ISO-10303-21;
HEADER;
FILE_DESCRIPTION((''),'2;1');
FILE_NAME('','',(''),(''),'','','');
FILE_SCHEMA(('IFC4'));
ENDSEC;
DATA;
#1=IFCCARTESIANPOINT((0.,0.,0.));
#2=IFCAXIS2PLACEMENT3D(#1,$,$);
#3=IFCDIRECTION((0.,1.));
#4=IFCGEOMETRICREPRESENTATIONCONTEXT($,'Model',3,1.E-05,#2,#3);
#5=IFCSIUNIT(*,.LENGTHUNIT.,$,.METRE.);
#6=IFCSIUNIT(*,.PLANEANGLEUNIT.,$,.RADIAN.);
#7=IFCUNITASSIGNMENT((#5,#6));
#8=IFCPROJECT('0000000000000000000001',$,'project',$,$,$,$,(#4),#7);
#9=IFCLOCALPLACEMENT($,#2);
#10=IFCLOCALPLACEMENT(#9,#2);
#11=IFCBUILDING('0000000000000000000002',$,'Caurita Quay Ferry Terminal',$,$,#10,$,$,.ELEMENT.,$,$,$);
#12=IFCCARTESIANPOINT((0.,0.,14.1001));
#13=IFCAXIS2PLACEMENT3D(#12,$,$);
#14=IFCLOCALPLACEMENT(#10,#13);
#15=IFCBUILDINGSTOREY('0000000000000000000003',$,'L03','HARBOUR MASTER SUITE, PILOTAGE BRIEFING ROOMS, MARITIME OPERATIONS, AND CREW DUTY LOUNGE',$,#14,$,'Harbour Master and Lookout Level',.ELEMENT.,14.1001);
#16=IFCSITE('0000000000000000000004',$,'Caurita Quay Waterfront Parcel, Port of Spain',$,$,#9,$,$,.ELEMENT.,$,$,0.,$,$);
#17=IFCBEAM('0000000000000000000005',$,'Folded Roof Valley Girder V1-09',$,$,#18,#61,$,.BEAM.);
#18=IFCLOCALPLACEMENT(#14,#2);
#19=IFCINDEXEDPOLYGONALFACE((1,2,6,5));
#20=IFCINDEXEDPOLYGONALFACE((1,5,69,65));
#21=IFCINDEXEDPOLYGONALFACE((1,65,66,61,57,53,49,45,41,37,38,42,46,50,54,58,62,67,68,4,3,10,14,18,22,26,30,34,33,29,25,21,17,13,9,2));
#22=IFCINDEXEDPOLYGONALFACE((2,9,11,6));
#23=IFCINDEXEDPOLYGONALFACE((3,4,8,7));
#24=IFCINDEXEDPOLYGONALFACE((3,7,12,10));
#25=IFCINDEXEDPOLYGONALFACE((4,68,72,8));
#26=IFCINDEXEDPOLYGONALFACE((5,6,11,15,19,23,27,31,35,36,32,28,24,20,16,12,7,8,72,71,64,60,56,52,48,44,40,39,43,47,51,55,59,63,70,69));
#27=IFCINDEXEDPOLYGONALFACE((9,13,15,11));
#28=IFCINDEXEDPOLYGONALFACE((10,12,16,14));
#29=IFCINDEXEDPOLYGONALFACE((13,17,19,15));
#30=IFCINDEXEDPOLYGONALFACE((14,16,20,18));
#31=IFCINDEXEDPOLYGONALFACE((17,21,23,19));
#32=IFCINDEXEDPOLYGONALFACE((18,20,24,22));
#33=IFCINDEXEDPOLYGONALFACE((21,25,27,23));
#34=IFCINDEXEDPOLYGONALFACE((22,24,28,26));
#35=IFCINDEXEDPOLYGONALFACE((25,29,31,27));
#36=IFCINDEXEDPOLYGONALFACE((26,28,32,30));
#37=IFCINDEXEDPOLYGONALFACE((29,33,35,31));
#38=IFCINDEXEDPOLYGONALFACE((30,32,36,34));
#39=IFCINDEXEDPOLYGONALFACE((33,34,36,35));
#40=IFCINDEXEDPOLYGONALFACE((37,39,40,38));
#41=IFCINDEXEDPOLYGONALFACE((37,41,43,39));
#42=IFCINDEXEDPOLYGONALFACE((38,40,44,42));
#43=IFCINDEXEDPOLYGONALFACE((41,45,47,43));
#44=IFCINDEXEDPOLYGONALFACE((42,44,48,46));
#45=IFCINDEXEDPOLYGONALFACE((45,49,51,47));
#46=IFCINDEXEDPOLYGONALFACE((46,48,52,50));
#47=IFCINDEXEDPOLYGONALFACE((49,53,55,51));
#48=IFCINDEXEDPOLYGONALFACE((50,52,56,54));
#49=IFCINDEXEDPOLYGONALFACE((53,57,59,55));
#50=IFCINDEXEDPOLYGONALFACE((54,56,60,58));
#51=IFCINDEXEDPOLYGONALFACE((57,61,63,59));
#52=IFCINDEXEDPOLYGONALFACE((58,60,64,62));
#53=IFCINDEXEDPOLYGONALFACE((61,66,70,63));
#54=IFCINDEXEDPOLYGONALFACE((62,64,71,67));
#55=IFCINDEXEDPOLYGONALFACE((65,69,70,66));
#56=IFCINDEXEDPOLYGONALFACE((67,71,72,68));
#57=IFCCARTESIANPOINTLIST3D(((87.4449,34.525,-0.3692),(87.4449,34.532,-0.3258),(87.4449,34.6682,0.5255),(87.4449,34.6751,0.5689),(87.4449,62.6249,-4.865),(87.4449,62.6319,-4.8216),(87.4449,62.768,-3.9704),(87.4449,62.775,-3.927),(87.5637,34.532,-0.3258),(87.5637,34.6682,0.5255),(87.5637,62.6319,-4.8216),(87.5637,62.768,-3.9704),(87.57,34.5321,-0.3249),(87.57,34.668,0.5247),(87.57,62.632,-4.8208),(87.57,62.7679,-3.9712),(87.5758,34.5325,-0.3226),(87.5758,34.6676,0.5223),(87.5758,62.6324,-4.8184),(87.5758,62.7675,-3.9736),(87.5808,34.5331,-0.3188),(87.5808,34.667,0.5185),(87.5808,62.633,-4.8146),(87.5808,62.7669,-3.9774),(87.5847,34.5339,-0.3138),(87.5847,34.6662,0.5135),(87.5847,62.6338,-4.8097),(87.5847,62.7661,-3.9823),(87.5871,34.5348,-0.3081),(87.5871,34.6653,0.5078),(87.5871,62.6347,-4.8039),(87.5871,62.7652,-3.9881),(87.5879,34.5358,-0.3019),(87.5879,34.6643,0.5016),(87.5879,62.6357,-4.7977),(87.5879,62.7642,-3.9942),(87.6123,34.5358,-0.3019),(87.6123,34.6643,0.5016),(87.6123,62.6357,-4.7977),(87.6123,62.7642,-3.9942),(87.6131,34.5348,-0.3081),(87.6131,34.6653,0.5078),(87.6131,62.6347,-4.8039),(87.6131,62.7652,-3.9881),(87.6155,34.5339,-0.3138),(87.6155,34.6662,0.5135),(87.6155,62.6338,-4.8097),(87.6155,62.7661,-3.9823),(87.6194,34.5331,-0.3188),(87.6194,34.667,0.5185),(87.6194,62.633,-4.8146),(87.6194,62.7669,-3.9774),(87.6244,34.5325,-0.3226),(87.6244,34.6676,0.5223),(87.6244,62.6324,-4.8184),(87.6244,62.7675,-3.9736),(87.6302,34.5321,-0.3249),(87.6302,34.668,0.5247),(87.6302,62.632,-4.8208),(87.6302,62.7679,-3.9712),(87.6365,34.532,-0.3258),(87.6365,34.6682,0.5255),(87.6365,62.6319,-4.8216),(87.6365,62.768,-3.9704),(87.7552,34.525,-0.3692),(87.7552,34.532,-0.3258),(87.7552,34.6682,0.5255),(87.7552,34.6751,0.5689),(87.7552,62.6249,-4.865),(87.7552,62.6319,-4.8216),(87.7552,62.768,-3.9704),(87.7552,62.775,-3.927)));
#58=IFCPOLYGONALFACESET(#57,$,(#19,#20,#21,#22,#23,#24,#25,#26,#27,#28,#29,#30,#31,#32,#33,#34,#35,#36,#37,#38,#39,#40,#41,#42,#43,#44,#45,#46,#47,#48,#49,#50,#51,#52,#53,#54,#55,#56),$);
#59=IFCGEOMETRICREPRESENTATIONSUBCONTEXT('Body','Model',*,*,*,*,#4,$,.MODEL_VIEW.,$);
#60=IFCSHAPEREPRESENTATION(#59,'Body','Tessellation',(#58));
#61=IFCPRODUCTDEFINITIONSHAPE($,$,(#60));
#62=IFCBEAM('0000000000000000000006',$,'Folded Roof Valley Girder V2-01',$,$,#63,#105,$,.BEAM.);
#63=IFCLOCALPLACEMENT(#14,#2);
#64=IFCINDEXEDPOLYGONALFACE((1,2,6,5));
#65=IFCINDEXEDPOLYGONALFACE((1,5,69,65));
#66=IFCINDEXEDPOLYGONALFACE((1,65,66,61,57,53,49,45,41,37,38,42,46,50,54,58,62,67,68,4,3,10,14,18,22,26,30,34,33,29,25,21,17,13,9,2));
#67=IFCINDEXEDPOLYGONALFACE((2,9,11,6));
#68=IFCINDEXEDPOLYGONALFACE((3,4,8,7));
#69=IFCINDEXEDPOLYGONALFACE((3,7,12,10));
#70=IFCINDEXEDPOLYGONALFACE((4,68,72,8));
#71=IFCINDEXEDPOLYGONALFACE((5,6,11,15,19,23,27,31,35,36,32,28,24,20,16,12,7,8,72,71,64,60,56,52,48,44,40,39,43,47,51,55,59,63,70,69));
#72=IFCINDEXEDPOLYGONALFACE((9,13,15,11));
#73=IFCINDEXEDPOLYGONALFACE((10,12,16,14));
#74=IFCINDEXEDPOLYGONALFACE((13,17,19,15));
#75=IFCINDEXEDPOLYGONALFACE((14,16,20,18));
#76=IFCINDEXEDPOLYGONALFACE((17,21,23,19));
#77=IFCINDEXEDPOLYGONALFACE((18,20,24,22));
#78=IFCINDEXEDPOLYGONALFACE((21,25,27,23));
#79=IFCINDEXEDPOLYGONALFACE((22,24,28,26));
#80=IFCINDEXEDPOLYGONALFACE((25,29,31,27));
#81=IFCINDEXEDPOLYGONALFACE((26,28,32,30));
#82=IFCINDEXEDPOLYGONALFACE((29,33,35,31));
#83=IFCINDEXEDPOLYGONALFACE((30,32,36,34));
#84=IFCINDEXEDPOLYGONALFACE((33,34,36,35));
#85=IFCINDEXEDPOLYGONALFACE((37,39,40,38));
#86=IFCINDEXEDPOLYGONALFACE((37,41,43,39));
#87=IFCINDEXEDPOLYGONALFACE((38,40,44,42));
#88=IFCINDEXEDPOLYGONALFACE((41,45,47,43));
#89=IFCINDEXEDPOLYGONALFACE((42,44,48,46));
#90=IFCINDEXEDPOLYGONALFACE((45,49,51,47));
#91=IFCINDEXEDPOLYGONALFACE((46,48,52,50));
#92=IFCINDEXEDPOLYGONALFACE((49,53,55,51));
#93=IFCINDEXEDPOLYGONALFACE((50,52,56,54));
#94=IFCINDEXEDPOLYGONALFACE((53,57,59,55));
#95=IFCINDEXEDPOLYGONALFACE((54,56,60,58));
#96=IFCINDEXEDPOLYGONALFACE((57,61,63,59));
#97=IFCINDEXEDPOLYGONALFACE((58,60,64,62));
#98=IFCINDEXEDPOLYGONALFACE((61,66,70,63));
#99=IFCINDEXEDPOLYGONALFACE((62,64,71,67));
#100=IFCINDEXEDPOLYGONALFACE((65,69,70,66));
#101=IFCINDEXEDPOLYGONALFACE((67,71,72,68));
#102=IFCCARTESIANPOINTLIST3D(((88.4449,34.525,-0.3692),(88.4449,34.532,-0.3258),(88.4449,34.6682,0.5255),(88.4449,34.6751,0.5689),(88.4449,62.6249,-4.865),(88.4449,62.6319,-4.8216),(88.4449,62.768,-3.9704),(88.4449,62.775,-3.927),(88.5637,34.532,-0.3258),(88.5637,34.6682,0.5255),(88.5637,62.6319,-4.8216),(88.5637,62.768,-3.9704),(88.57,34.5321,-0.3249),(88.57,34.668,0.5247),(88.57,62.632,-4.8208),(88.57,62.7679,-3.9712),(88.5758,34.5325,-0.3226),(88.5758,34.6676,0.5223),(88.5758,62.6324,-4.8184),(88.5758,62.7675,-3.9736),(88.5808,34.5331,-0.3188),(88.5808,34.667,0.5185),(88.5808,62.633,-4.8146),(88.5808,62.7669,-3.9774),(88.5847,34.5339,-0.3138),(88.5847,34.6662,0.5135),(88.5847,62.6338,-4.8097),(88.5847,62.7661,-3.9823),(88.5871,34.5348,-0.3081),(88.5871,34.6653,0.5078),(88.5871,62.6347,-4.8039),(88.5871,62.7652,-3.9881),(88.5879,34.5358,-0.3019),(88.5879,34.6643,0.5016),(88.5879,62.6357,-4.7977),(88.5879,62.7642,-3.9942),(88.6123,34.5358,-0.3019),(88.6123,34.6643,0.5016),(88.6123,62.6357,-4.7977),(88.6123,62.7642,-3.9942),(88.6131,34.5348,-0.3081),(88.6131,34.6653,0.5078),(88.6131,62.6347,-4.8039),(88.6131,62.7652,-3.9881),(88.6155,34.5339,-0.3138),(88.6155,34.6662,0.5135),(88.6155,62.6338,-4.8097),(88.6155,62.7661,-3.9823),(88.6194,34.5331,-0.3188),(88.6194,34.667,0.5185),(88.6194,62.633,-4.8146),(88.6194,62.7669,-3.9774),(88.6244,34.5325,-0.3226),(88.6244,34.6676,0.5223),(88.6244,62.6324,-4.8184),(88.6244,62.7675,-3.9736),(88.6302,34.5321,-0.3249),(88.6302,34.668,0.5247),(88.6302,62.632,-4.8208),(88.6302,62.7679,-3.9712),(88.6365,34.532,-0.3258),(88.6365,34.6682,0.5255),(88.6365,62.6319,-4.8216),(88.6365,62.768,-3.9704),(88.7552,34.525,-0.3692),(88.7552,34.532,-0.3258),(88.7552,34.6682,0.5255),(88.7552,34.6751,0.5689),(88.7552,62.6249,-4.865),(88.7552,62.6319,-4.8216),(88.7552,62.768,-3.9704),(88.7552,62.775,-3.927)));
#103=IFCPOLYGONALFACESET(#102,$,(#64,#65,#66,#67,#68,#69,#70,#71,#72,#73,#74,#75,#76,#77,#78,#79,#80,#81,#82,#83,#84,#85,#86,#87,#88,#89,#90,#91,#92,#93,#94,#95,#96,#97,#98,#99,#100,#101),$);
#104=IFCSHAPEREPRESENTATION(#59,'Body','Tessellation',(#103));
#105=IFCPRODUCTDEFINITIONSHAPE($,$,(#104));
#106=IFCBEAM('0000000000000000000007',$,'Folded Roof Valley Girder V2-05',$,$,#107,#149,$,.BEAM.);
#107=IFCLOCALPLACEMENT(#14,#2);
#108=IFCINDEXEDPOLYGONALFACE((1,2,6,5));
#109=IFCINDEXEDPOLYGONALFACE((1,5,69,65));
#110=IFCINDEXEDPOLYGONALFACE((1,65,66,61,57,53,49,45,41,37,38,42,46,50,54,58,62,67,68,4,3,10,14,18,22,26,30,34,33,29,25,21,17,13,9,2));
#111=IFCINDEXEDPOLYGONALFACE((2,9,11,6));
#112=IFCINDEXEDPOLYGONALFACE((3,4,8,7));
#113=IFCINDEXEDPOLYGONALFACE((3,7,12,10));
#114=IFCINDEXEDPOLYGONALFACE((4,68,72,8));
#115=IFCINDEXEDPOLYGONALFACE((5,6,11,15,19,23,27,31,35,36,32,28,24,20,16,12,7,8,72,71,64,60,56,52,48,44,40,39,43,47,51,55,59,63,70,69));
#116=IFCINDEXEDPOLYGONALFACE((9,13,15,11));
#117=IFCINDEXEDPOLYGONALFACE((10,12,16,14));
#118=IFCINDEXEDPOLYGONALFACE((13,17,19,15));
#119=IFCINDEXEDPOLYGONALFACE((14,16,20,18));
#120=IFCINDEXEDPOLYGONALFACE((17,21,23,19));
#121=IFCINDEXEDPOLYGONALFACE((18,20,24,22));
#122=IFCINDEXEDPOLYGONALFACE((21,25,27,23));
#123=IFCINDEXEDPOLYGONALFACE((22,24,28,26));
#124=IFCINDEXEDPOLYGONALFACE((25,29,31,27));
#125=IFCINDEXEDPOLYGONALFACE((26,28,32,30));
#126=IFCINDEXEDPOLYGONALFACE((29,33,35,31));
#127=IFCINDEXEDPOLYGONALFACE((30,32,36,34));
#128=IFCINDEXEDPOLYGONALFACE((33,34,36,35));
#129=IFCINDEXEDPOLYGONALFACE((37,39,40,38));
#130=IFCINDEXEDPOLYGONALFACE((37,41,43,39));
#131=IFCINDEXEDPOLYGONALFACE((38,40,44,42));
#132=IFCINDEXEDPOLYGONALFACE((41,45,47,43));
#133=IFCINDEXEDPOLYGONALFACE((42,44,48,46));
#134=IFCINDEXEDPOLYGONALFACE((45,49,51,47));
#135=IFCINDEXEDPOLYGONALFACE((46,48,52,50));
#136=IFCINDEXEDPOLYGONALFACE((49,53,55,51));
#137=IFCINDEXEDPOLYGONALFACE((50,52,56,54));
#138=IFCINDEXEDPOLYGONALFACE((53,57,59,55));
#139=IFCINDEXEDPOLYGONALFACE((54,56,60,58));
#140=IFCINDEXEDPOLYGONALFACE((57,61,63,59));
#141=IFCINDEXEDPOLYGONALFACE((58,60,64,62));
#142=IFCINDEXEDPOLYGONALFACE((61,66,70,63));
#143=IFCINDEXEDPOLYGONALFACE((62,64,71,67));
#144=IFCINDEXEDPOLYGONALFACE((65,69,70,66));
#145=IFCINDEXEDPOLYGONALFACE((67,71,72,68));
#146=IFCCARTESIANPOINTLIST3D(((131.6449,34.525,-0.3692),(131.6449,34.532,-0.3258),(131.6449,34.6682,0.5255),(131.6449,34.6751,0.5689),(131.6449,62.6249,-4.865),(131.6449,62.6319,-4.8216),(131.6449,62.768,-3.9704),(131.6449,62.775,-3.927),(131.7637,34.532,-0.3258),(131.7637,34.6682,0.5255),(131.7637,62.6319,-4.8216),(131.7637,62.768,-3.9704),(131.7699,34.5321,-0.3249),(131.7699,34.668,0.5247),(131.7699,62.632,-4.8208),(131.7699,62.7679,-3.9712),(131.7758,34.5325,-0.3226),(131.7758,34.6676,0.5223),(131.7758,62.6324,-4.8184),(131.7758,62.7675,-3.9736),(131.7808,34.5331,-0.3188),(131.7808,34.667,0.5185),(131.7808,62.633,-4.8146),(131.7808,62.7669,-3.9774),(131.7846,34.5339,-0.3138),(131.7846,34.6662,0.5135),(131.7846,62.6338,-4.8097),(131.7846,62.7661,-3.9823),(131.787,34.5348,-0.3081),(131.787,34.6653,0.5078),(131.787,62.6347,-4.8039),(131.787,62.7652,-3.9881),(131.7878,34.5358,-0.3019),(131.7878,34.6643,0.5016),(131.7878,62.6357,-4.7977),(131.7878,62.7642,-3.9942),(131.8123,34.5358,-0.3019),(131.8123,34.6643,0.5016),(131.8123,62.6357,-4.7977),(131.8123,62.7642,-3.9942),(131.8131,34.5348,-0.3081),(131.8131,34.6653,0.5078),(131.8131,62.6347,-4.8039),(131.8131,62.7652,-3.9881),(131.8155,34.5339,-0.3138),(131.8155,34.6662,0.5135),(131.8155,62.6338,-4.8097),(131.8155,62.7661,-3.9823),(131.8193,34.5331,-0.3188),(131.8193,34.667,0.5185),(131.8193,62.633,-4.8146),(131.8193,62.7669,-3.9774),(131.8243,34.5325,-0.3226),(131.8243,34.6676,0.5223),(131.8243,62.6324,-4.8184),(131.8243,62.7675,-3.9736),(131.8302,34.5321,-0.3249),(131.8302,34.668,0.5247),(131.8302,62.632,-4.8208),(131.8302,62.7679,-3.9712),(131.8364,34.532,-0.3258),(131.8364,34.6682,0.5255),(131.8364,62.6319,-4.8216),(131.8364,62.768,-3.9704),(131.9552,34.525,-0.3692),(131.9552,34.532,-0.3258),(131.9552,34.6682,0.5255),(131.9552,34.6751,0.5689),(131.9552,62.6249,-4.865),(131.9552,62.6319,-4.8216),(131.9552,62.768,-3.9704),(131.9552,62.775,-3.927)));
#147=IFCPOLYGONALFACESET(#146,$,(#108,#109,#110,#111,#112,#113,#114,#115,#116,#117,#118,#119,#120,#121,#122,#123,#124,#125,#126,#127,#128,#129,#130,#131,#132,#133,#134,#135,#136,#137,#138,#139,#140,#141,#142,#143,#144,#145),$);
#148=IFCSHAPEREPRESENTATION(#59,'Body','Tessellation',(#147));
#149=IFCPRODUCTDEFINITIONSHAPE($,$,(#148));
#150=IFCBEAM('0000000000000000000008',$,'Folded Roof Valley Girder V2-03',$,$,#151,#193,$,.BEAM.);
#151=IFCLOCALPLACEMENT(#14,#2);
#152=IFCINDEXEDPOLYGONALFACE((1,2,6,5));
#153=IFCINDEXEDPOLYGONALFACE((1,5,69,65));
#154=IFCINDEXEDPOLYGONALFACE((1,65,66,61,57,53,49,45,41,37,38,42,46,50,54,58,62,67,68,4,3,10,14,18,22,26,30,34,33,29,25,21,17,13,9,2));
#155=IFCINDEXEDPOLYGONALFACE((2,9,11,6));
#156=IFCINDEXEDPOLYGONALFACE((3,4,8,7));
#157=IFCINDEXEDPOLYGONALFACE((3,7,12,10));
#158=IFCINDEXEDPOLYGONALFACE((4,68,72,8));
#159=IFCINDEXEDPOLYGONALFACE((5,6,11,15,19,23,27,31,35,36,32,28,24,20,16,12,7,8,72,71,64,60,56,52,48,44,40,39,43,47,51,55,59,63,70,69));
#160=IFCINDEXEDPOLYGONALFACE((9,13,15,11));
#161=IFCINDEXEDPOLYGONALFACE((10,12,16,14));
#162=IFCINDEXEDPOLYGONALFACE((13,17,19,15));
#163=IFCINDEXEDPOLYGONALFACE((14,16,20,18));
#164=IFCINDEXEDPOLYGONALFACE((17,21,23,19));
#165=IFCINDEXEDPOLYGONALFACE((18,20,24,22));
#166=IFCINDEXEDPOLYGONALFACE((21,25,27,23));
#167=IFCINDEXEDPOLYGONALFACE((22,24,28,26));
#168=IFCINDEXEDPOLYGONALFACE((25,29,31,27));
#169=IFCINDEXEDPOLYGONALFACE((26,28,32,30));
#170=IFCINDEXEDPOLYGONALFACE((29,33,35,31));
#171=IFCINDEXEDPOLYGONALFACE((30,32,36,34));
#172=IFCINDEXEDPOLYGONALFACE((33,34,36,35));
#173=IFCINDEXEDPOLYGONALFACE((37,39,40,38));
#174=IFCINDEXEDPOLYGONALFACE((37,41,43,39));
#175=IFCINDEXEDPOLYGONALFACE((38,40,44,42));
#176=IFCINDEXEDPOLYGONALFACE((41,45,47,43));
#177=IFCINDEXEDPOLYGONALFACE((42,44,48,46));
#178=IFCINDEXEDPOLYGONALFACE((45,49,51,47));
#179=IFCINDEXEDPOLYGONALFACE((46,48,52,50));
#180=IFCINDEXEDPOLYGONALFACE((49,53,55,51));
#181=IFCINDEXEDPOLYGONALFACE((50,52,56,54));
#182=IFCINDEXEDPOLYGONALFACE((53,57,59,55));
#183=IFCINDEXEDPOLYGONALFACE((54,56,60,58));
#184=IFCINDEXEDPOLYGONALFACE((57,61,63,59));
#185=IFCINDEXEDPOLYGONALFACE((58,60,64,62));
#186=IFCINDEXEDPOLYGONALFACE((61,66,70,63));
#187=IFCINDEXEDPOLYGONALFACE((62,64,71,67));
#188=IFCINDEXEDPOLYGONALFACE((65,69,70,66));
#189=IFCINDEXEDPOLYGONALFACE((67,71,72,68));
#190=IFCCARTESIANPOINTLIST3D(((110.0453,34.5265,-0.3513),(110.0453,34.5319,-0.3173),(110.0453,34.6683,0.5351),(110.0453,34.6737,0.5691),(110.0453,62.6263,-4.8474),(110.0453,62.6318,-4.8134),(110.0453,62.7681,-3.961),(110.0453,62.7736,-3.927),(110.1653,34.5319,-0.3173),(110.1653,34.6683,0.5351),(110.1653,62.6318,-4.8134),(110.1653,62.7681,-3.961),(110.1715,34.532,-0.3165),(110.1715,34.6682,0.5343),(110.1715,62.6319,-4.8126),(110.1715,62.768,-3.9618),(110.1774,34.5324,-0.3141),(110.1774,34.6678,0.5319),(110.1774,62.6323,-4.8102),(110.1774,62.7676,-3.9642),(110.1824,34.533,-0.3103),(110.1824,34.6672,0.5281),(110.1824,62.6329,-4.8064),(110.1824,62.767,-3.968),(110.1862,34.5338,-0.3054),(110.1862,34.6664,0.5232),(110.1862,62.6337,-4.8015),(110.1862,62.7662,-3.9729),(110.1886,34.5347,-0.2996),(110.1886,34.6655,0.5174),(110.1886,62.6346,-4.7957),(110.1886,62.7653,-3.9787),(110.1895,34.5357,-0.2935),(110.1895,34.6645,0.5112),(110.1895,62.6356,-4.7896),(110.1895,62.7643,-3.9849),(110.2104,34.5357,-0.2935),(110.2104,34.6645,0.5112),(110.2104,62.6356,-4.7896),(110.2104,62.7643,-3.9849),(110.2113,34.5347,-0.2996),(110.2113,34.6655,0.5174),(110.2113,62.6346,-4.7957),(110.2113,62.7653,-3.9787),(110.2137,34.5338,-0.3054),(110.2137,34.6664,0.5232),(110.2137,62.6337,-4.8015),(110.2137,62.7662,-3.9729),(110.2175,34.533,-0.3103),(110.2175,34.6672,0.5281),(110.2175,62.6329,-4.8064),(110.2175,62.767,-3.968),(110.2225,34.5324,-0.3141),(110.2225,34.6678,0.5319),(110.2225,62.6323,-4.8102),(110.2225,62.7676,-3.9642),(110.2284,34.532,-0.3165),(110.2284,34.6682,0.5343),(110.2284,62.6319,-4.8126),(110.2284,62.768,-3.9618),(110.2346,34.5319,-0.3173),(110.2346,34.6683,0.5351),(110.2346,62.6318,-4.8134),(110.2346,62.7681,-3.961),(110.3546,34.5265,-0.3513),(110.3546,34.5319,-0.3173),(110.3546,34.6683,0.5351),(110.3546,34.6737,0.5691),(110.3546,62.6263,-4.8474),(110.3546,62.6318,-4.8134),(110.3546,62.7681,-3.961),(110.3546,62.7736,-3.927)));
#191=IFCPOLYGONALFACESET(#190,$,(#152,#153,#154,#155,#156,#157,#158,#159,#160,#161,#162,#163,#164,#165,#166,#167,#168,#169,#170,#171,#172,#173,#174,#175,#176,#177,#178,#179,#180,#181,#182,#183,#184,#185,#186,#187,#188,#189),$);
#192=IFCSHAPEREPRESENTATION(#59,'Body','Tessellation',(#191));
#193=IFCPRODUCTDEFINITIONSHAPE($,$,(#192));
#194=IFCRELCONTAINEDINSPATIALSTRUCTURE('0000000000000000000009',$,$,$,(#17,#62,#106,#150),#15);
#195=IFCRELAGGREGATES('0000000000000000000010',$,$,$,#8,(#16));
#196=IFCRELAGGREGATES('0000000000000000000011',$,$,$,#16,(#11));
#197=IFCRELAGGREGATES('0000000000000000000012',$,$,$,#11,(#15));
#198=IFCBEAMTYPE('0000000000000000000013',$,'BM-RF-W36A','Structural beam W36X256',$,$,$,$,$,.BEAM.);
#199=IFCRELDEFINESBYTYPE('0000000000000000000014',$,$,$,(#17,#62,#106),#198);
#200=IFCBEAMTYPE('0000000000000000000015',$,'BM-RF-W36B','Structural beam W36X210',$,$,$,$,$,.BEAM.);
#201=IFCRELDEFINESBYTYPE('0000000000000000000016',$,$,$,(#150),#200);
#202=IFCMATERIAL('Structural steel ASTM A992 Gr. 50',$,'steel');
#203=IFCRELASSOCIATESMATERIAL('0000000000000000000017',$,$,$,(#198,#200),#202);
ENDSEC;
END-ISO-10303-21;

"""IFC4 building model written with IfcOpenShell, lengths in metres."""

from ifc_helpers import new_model, si_unit, direction, frame, origin, origin_2d, place, context, subcontext, project, spatial, i_section, extrude, material, material_profile, profile_set, type_object, element, save


model = new_model("IFC4")

# Units and contexts
model_context = context("Model", 3, precision=1e-05, world=origin(), true_north=direction((0.0, 1.0)))
body_context = subcontext(model_context, "Body", "Model", "MODEL_VIEW")
ifc_project = project(units=[si_unit("LENGTHUNIT", "METRE"), si_unit("PLANEANGLEUNIT", "RADIAN")], contexts=[model_context])

# Site, building, storey
site_placement = place(None, origin())
site = spatial("IfcSite", under=ifc_project, at=site_placement, Name="Caurita Quay Waterfront Parcel, Port of Spain", CompositionType="ELEMENT", RefElevation=0.0)
building_placement = place(site_placement, origin())
building = spatial("IfcBuilding", under=site, at=building_placement, Name="Caurita Quay Ferry Terminal", CompositionType="ELEMENT")
storey_placement = place(building_placement, frame((0.0, 0.0, 14.1001)))
storey = spatial("IfcBuildingStorey", under=building, at=storey_placement, Name="L03", Description="HARBOUR MASTER SUITE, PILOTAGE BRIEFING ROOMS, MARITIME OPERATIONS, AND CREW DUTY LOUNGE", LongName="Harbour Master and Lookout Level", CompositionType="ELEMENT", Elevation=14.1001)

# Beams
ifc_material_1 = material(Name="Structural steel ASTM A992 Gr. 50", Category="steel")
ifc_material_profile_1 = material_profile(ifc_material_1, i_section(OverallWidth=0.3103, OverallDepth=0.95, WebThickness=0.0244, FlangeThickness=0.0439, FilletRadius=0.0242, at=origin_2d()), Name="W36X256")
ifc_profile_set_1 = profile_set([ifc_material_profile_1], Name="Structural steel ASTM A992 Gr. 50")
beam_type_1 = type_object("IfcBeamType", Name="BM-RF-W36A", Description="Structural beam W36X256", PredefinedType="BEAM", material=ifc_profile_set_1)
for number, where, z_axis, x_axis, name in (
    (1, (87.6001, 62.7, -4.396), (0.0, -0.987441, 0.157986), (1.0, 0.0, 0.0), "Folded Roof Valley Girder V1-09"),
    (2, (88.6001, 62.7, -4.396), (0.0, -0.987441, 0.157986), (1.0, 0.0, 0.0), "Folded Roof Valley Girder V2-01"),
    (3, (131.8, 62.7, -4.396), (0.0, -0.987441, 0.157986), (1.0, 0.0, 0.0), "Folded Roof Valley Girder V2-05"),
):
    element("IfcBeam", number, at=place(storey_placement, frame(where, z_axis=z_axis, x_axis=x_axis)), inside=storey, type_object=beam_type_1, Name=name, PredefinedType="BEAM", context=body_context, shape_type="SweptSolid", body=[
        extrude(i_section(OverallWidth=0.3103, OverallDepth=0.95, WebThickness=0.0244, FlangeThickness=0.0439, FilletRadius=0.0242, at=origin_2d()), origin(), (0.0, 0.0, 1.0), 28.4573),
    ])
ifc_material_profile_2 = material_profile(ifc_material_1, i_section(OverallWidth=0.3093, OverallDepth=0.9321, WebThickness=0.021, FlangeThickness=0.0344, FilletRadius=0.0242, at=origin_2d()), Name="W36X210")
ifc_profile_set_2 = profile_set([ifc_material_profile_2], Name="Structural steel ASTM A992 Gr. 50")
beam_type_2 = type_object("IfcBeamType", Name="BM-RF-W36B", Description="Structural beam W36X210", PredefinedType="BEAM", material=ifc_profile_set_2)
beam_1_placement = place(storey_placement, frame((110.2, 62.7, -4.3872), z_axis=(0.0, -0.98744, 0.157995), x_axis=(1.0, 0.0, 0.0)))
element("IfcBeam", 4, at=beam_1_placement, inside=storey, type_object=beam_type_2, Name="Folded Roof Valley Girder V2-03", PredefinedType="BEAM", context=body_context, shape_type="SweptSolid", body=[
    extrude(i_section(OverallWidth=0.3093, OverallDepth=0.9321, WebThickness=0.021, FlangeThickness=0.0344, FilletRadius=0.0242, at=origin_2d()), origin(), (0.0, 0.0, 1.0), 28.4573),
])

save(model, "model.ifc")
